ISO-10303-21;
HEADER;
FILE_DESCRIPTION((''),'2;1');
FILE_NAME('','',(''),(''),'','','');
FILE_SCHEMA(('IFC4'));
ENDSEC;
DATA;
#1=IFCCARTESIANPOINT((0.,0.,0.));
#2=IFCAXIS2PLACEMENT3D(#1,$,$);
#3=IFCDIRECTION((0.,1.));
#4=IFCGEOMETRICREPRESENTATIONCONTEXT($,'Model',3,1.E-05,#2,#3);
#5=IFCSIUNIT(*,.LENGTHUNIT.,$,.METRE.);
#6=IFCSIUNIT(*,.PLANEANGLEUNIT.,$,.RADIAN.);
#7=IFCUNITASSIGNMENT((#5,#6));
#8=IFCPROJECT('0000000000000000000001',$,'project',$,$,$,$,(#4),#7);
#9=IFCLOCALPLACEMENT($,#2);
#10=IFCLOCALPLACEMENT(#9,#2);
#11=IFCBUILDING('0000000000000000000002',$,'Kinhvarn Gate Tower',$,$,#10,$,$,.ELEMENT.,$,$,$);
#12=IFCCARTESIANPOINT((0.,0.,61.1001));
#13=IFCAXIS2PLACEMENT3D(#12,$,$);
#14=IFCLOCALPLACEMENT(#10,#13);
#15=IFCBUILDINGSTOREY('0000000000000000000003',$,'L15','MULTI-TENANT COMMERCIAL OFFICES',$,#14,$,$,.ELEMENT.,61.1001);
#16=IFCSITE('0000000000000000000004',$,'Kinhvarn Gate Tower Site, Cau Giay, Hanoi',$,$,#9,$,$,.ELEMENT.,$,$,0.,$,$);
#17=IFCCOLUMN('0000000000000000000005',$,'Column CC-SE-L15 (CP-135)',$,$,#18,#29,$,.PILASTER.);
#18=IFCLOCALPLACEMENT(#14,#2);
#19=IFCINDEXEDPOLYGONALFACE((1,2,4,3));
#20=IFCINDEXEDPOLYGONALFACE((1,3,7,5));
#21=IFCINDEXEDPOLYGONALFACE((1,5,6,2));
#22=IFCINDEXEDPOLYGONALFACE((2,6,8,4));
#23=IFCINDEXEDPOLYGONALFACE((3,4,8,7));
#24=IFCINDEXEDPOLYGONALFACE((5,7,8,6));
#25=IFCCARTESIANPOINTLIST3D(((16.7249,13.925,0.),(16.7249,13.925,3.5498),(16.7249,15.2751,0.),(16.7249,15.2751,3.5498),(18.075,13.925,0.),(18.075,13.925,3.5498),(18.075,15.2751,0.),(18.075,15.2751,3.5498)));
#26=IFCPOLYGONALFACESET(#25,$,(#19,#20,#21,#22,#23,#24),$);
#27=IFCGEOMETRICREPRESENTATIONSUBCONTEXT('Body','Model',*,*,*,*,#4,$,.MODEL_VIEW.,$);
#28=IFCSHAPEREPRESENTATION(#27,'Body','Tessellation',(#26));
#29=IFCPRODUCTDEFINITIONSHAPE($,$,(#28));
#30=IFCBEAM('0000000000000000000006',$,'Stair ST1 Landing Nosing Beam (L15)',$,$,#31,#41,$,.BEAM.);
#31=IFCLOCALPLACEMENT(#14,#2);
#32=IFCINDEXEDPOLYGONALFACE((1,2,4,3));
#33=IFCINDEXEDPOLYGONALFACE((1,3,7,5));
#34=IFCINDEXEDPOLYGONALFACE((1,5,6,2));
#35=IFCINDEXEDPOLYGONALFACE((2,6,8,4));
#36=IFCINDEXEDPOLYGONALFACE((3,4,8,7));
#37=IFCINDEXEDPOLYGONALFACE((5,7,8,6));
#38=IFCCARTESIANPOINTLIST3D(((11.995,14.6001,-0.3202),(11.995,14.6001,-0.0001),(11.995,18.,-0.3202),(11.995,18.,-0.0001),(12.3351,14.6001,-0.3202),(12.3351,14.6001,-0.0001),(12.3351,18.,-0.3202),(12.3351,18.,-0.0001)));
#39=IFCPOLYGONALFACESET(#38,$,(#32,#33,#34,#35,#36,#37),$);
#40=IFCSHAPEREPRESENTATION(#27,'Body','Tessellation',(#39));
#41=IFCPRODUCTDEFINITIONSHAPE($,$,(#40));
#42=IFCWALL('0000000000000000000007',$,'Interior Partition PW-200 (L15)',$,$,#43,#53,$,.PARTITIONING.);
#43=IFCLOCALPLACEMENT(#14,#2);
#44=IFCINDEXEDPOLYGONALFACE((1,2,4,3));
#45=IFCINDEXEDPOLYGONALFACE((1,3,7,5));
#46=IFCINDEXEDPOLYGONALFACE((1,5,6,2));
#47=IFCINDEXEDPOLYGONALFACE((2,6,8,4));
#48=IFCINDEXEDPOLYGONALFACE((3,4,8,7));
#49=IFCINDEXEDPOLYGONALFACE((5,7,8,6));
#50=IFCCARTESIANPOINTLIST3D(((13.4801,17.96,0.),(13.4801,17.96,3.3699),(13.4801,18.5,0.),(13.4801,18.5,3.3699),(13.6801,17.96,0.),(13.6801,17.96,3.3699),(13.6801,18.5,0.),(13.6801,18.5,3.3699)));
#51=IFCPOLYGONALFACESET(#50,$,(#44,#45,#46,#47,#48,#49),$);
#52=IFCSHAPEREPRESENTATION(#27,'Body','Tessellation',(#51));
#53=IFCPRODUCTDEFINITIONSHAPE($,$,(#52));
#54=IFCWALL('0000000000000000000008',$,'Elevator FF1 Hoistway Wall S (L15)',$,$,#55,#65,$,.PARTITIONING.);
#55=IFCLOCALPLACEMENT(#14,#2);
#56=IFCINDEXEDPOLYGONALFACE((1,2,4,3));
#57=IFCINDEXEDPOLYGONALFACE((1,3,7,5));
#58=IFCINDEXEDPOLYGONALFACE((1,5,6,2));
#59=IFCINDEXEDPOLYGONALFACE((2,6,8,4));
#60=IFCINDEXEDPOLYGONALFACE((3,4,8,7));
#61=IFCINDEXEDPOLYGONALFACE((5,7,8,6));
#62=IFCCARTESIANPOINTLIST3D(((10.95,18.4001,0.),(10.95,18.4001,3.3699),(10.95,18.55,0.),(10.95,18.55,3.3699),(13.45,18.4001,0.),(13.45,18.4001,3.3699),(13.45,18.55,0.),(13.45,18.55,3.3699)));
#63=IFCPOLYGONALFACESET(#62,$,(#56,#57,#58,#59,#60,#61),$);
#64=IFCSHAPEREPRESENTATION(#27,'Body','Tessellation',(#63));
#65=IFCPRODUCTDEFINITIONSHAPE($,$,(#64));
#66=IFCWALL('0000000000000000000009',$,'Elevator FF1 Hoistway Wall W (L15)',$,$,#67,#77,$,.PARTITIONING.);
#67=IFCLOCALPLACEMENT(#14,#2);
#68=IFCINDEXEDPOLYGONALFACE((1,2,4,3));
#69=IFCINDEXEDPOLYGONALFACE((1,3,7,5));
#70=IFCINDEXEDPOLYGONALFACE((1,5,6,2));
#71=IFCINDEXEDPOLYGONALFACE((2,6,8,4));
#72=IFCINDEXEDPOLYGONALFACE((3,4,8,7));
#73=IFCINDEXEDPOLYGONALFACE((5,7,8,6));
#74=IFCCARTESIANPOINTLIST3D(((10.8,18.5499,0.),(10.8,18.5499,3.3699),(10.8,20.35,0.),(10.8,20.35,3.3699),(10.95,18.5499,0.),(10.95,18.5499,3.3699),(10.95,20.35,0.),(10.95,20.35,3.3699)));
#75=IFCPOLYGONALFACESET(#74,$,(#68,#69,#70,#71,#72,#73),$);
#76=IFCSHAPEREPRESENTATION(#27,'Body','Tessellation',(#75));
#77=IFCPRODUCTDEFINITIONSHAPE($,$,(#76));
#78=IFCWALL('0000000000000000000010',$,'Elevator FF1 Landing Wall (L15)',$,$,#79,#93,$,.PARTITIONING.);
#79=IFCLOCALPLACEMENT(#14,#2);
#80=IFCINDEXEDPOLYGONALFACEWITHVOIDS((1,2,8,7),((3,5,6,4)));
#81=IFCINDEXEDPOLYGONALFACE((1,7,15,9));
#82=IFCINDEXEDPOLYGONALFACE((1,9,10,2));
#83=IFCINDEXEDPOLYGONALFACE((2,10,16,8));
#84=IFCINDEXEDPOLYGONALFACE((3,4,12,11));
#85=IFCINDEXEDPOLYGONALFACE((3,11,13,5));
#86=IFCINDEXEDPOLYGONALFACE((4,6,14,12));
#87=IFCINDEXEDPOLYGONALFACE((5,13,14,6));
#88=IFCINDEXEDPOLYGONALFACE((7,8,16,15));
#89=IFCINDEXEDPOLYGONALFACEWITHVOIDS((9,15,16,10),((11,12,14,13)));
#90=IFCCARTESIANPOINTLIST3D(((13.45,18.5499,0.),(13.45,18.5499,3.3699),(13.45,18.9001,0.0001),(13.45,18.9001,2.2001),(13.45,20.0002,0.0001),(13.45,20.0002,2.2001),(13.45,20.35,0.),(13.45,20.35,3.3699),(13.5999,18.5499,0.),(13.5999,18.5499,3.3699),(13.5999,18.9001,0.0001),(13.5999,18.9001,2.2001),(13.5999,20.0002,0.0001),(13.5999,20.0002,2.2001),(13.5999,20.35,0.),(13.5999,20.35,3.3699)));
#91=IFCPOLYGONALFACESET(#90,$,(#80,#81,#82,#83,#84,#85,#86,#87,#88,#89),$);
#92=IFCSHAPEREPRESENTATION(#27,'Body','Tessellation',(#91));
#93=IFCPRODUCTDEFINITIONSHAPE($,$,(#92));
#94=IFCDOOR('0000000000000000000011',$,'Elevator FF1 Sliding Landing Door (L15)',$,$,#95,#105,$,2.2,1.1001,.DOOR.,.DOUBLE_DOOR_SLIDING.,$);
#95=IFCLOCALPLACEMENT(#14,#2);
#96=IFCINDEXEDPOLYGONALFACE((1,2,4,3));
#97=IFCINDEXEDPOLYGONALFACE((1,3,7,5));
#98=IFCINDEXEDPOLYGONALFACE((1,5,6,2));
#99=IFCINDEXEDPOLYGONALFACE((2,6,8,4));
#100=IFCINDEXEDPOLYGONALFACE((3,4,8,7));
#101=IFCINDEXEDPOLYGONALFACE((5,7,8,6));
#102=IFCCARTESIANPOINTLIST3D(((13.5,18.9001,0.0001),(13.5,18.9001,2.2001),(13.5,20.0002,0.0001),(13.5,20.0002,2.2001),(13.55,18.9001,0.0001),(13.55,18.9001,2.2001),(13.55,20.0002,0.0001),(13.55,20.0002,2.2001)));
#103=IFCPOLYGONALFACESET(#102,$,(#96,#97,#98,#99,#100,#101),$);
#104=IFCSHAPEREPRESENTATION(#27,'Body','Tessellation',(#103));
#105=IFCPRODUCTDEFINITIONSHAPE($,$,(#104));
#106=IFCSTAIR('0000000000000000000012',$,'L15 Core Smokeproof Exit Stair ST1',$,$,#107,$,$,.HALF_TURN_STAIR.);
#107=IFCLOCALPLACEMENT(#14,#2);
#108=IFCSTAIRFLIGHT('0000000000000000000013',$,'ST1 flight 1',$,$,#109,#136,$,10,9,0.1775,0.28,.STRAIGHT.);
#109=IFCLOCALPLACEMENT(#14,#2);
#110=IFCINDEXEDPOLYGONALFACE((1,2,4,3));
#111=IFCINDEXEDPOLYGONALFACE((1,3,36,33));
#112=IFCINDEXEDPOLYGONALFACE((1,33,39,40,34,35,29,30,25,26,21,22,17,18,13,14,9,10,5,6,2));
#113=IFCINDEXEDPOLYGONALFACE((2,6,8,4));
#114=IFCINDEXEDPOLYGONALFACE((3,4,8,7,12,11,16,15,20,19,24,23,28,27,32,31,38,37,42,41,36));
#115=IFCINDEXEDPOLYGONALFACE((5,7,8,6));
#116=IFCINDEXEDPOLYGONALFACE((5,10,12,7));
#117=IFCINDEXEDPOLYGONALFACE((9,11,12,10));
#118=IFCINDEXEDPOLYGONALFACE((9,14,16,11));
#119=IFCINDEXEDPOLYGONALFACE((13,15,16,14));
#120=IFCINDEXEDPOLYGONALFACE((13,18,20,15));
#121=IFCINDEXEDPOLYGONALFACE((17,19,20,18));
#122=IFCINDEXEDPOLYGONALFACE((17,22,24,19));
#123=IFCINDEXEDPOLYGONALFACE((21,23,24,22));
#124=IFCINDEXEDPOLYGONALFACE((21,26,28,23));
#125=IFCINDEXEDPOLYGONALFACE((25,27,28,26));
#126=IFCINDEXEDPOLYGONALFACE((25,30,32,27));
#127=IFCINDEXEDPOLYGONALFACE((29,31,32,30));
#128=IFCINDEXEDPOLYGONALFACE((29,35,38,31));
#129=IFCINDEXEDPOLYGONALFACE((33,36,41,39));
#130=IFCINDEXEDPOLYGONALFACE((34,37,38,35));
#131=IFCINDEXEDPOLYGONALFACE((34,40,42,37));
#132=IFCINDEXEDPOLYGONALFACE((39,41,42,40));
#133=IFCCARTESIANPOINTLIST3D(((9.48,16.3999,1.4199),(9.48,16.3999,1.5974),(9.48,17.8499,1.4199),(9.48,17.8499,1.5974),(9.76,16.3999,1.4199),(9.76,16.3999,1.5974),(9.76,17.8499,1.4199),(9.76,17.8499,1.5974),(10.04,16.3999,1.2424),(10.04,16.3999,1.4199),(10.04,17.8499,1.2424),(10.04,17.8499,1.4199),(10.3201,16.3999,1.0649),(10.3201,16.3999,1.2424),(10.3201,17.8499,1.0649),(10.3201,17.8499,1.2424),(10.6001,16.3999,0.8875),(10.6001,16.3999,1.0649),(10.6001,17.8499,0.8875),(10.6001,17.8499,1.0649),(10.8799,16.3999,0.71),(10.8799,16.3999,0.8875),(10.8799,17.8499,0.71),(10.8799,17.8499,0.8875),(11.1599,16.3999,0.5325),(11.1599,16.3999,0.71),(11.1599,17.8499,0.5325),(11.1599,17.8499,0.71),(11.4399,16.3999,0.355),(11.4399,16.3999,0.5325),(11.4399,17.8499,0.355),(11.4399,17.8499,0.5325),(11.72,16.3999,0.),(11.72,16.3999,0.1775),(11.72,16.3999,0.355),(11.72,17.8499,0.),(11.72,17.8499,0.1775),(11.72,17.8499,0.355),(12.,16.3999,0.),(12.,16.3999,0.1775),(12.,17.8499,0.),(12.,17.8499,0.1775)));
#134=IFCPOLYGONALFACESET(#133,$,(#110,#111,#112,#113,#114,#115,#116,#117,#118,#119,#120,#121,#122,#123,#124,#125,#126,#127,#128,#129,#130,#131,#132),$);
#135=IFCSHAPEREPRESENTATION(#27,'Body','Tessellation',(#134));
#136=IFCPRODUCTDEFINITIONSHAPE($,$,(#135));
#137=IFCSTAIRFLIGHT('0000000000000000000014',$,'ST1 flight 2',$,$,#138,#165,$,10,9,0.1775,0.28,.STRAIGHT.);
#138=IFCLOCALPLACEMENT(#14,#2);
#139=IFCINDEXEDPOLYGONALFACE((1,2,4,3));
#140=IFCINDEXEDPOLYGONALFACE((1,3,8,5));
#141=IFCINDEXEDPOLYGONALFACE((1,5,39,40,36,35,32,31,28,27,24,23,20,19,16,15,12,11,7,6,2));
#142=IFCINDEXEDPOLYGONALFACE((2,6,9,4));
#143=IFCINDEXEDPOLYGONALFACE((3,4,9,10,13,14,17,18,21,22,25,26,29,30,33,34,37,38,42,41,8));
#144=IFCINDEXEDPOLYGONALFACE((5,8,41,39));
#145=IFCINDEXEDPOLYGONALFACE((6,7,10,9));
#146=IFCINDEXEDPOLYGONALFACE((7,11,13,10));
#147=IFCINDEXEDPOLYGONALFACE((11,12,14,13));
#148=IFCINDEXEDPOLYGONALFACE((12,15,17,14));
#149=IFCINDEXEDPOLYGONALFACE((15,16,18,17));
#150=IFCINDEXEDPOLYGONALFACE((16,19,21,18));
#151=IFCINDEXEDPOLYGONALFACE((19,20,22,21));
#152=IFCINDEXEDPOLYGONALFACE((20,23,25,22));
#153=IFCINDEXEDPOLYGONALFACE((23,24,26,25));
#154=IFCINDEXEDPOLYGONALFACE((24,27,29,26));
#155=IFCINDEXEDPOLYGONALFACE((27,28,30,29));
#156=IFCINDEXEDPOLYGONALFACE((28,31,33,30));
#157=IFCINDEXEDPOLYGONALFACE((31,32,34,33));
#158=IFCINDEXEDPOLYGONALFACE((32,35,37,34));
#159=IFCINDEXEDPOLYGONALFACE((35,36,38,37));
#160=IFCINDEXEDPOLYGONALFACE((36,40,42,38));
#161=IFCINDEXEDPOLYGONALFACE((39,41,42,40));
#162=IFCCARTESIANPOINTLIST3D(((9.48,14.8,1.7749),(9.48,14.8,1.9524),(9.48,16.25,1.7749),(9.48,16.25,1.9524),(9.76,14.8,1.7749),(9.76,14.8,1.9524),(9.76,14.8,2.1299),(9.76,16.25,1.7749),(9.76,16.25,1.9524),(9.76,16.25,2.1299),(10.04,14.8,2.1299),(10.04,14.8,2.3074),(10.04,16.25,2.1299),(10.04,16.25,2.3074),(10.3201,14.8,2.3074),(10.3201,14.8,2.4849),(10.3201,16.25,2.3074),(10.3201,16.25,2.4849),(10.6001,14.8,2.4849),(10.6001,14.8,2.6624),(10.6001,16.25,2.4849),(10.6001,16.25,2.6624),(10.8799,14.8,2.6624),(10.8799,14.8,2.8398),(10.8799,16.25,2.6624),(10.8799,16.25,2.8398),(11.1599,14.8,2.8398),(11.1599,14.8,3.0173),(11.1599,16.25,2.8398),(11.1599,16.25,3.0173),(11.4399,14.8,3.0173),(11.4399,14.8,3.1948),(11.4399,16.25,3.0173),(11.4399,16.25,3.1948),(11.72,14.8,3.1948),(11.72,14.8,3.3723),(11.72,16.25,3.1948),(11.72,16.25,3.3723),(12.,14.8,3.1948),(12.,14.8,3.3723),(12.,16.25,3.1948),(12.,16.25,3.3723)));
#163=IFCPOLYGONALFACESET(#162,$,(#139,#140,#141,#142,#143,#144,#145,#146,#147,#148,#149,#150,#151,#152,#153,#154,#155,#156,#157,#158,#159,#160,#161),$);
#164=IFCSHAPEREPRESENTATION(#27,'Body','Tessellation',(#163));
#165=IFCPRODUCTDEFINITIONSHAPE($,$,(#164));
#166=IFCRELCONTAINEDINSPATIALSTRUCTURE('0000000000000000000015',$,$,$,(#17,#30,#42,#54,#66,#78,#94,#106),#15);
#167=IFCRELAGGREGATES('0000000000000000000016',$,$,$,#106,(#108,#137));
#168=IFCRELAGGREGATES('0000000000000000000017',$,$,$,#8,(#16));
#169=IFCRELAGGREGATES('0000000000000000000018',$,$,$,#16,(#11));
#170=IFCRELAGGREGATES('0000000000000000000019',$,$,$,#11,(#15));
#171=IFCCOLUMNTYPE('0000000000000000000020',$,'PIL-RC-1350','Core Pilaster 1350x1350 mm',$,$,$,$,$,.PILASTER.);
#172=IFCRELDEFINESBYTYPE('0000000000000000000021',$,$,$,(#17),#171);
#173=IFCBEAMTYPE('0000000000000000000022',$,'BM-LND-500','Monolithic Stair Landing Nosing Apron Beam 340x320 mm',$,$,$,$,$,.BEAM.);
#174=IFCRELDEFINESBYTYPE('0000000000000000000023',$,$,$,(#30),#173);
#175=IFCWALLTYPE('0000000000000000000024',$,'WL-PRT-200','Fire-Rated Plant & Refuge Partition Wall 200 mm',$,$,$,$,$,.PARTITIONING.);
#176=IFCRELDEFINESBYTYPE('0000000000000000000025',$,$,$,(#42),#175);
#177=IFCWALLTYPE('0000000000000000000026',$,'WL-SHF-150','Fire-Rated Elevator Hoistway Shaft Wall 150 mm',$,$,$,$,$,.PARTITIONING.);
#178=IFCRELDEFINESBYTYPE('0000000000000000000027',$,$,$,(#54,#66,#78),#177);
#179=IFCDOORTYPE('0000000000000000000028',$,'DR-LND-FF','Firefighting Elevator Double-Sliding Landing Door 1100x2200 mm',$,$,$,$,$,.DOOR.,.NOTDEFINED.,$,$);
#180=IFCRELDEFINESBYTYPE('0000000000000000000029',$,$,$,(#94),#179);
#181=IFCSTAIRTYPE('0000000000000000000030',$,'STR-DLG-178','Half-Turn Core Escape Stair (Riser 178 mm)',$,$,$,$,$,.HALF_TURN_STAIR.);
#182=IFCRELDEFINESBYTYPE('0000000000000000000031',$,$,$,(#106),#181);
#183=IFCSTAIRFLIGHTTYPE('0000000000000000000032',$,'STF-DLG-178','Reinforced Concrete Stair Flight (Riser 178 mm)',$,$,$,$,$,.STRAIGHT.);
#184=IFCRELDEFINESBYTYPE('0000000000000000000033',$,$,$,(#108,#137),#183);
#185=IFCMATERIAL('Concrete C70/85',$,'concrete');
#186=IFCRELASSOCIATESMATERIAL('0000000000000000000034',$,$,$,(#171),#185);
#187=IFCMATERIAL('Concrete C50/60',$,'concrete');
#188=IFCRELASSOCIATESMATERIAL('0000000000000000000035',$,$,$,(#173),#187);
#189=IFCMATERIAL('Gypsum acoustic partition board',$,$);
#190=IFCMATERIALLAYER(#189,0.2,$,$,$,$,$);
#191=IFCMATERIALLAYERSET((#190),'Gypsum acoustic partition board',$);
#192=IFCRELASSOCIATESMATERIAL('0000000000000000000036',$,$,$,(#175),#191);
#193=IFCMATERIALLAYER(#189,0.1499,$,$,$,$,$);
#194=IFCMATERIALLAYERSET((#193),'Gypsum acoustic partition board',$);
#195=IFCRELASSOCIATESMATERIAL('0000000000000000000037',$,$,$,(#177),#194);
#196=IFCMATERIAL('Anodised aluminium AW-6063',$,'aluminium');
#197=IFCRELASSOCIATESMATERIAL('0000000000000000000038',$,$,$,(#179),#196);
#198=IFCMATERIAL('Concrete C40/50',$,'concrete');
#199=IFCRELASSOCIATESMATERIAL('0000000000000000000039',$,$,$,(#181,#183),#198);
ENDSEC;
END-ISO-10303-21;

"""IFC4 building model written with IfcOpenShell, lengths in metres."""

from ifc_helpers import new_model, si_unit, direction, frame, frame_2d, origin, origin_2d, place, context, subcontext, project, spatial, polyline, rectangle, outline, extrude, material, layer, layer_set, material_profile, profile_set, type_object, element, fill, aggregate, save


model = new_model("IFC4")

# Units and contexts
model_context = context("Model", 3, precision=1e-05, world=origin(), true_north=direction((0.0, 1.0)))
body_context = subcontext(model_context, "Body", "Model", "MODEL_VIEW")
ifc_project = project(units=[si_unit("LENGTHUNIT", "METRE"), si_unit("PLANEANGLEUNIT", "RADIAN")], contexts=[model_context])

# Site, building, storey
site_placement = place(None, origin())
site = spatial("IfcSite", under=ifc_project, at=site_placement, Name="Kinhvarn Gate Tower Site, Cau Giay, Hanoi", CompositionType="ELEMENT", RefElevation=0.0)
building_placement = place(site_placement, origin())
building = spatial("IfcBuilding", under=site, at=building_placement, Name="Kinhvarn Gate Tower", CompositionType="ELEMENT")
storey_placement = place(building_placement, frame((0.0, 0.0, 61.1001)))
storey = spatial("IfcBuildingStorey", under=building, at=storey_placement, Name="L15", Description="MULTI-TENANT COMMERCIAL OFFICES", CompositionType="ELEMENT", Elevation=61.1001)

# Column
ifc_material_1 = material(Name="Concrete C70/85", Category="concrete")
ifc_material_profile_1 = material_profile(ifc_material_1, rectangle(XDim=1.3501, YDim=1.3501, at=origin_2d()), Name="RC 1350x1350")
ifc_profile_set_1 = profile_set([ifc_material_profile_1], Name="Concrete C70/85")
column_type = type_object("IfcColumnType", Name="PIL-RC-1350", Description="Core Pilaster 1350x1350 mm", PredefinedType="PILASTER", material=ifc_profile_set_1)
column_placement = place(storey_placement, frame((17.3999, 14.6001, 0.0), z_axis=(0.0, 0.0, 1.0), x_axis=(1.0, 0.0, 0.0)))
element("IfcColumn", 1, at=column_placement, inside=storey, type_object=column_type, Name="Column CC-SE-L15 (CP-135)", PredefinedType="PILASTER", context=body_context, shape_type="SweptSolid", body=[
    extrude(rectangle(XDim=1.3501, YDim=1.3501, at=origin_2d()), origin(), (0.0, 0.0, 1.0), 3.5498),
])

# Beam
ifc_material_2 = material(Name="Concrete C50/60", Category="concrete")
ifc_material_profile_2 = material_profile(ifc_material_2, rectangle(XDim=0.3401, YDim=0.3201, at=origin_2d()), Name="RC 340x320")
ifc_profile_set_2 = profile_set([ifc_material_profile_2], Name="Concrete C50/60")
beam_type = type_object("IfcBeamType", Name="BM-LND-500", Description="Monolithic Stair Landing Nosing Apron Beam 340x320 mm", PredefinedType="BEAM", material=ifc_profile_set_2)
beam_placement = place(storey_placement, frame((12.165, 14.6001, -0.1602), z_axis=(0.0, 1.0, 0.0), x_axis=(-1.0, 0.0, 0.0)))
element("IfcBeam", 2, at=beam_placement, inside=storey, type_object=beam_type, Name="Stair ST1 Landing Nosing Beam (L15)", PredefinedType="BEAM", context=body_context, shape_type="SweptSolid", body=[
    extrude(rectangle(XDim=0.3401, YDim=0.3201, at=origin_2d()), origin(), (0.0, 0.0, 1.0), 3.3999),
])

# Shared definitions
ifc_material_3 = material(Name="Anodised aluminium AW-6063", Category="aluminium")

# Walls
ifc_material_4 = material(Name="Gypsum acoustic partition board")
ifc_layer_1 = layer(ifc_material_4, 0.2)
ifc_layer_set_1 = layer_set([ifc_layer_1], Name="Gypsum acoustic partition board")
wall_type_1 = type_object("IfcWallType", Name="WL-PRT-200", Description="Fire-Rated Plant & Refuge Partition Wall 200 mm", PredefinedType="PARTITIONING", material=ifc_layer_set_1)
wall_1_placement = place(storey_placement, frame((13.5801, 17.96, 0.0), z_axis=(0.0, 0.0, 1.0), x_axis=(0.0, 1.0, 0.0)))
element("IfcWall", 3, at=wall_1_placement, inside=storey, type_object=wall_type_1, Name="Interior Partition PW-200 (L15)", PredefinedType="PARTITIONING", context=body_context, shape_type="SweptSolid", body=[
    extrude(rectangle(XDim=0.54, YDim=0.2, at=frame_2d((0.27, 0.0))), origin(), (0.0, 0.0, 1.0), 3.3699),
])
ifc_layer_2 = layer(ifc_material_4, 0.1499)
ifc_layer_set_2 = layer_set([ifc_layer_2], Name="Gypsum acoustic partition board")
wall_type_2 = type_object("IfcWallType", Name="WL-SHF-150", Description="Fire-Rated Elevator Hoistway Shaft Wall 150 mm", PredefinedType="PARTITIONING", material=ifc_layer_set_2)
wall_2_placement = place(storey_placement, frame((10.95, 18.4751, 0.0), z_axis=(0.0, 0.0, 1.0), x_axis=(1.0, 0.0, 0.0)))
element("IfcWall", 4, at=wall_2_placement, inside=storey, type_object=wall_type_2, Name="Elevator FF1 Hoistway Wall S (L15)", PredefinedType="PARTITIONING", context=body_context, shape_type="SweptSolid", body=[
    extrude(rectangle(XDim=2.5, YDim=0.1499, at=frame_2d((1.25, 0.0))), origin(), (0.0, 0.0, 1.0), 3.3699),
])
wall_3_placement = place(storey_placement, frame((10.875, 18.55, 0.0), z_axis=(0.0, 0.0, 1.0), x_axis=(0.0, 1.0, 0.0)))
element("IfcWall", 5, at=wall_3_placement, inside=storey, type_object=wall_type_2, Name="Elevator FF1 Hoistway Wall W (L15)", PredefinedType="PARTITIONING", context=body_context, shape_type="SweptSolid", body=[
    extrude(rectangle(XDim=1.8, YDim=0.1499, at=frame_2d((0.8999, 0.0))), origin(), (0.0, 0.0, 1.0), 3.3699),
])

# Wall, opening, door
wall_4_placement = place(storey_placement, frame((13.5249, 18.55, 0.0), z_axis=(0.0, 0.0, 1.0), x_axis=(0.0, 1.0, 0.0)))
wall_4 = element("IfcWall", 6, at=wall_4_placement, inside=storey, type_object=wall_type_2, Name="Elevator FF1 Landing Wall (L15)", PredefinedType="PARTITIONING", context=body_context, shape_type="SweptSolid", body=[
    extrude(rectangle(XDim=1.8, YDim=0.1499, at=frame_2d((0.8999, 0.0))), origin(), (0.0, 0.0, 1.0), 3.3699),
])
opening_1_placement = place(wall_4_placement, frame((0.3501, 0.0, 0.0)))
opening_1 = element("IfcOpeningElement", 7, at=opening_1_placement, cuts=wall_4, PredefinedType="OPENING", context=body_context, shape_type="SweptSolid", body=[
    extrude(rectangle(XDim=1.1001, YDim=2.2, at=frame_2d((0.55, 1.1001))), frame((0.0, 0.085, 0.0), z_axis=(0.0, -1.0, 0.0), x_axis=(1.0, 0.0, 0.0)), (0.0, 0.0, 1.0), 0.1699),
])
door_type_1 = type_object("IfcDoorType", Name="DR-LND-FF", Description="Firefighting Elevator Double-Sliding Landing Door 1100x2200 mm", OperationType="NOTDEFINED", PredefinedType="DOOR", material=ifc_material_3)
door_1_placement = place(opening_1_placement, origin())
door_1 = element("IfcDoor", 8, at=door_1_placement, inside=storey, type_object=door_type_1, Name="Elevator FF1 Sliding Landing Door (L15)", OperationType="DOUBLE_DOOR_SLIDING", OverallHeight=2.2, OverallWidth=1.1001, PredefinedType="DOOR", context=body_context, shape_type="SweptSolid", body=[
    extrude(rectangle(XDim=1.1001, YDim=2.2, at=frame_2d((0.55, 1.1001))), frame((0.0, 0.0249, 0.0), z_axis=(0.0, -1.0, 0.0), x_axis=(1.0, 0.0, 0.0)), (0.0, 0.0, 1.0), 0.05),
])
fill(opening_1, door_1)
ifc_material_5 = material(Name="Concrete C40/50", Category="concrete")

# Stair, stair flights
stair_type = type_object("IfcStairType", Name="STR-DLG-178", Description="Half-Turn Core Escape Stair (Riser 178 mm)", PredefinedType="HALF_TURN_STAIR", material=ifc_material_5)
stair_placement = place(storey_placement, origin())
stair = element("IfcStair", 9, at=stair_placement, inside=storey, type_object=stair_type, Name="L15 Core Smokeproof Exit Stair ST1", PredefinedType="HALF_TURN_STAIR")
stair_flight_type = type_object("IfcStairFlightType", Name="STF-DLG-178", Description="Reinforced Concrete Stair Flight (Riser 178 mm)", PredefinedType="STRAIGHT", material=ifc_material_5)
stair_flight_1_placement = place(storey_placement, frame((12.0, 17.125, 0.0), z_axis=(0.0, 0.0, 1.0), x_axis=(-1.0, 0.0, 0.0)))
stair_flight_1 = element("IfcStairFlight", 10, at=stair_flight_1_placement, type_object=stair_flight_type, Name="ST1 flight 1", NumberOfRisers=10, NumberOfTreads=9, PredefinedType="STRAIGHT", RiserHeight=0.1775, TreadLength=0.28, context=body_context, shape_type="SweptSolid", body=[
    extrude(outline(polyline([(0.0, 0.0), (0.0, 0.1775), (0.28, 0.1775), (0.28, 0.355), (0.5601, 0.355), (0.5601, 0.5325), (0.8401, 0.5325), (0.8401, 0.71), (1.1201, 0.71), (1.1201, 0.8875), (1.3999, 0.8875), (1.3999, 1.0649), (1.6799, 1.0649), (1.6799, 1.2424), (1.96, 1.2424), (1.96, 1.4199), (2.24, 1.4199), (2.24, 1.5974), (2.52, 1.5974), (2.52, 1.7749), (2.52, 1.4199), (0.28, 0.0), (0.0, 0.0)])), frame((0.0, 0.7251, 0.0), z_axis=(0.0, -1.0, 0.0), x_axis=(1.0, 0.0, 0.0)), (0.0, 0.0, 1.0), 1.45),
])
stair_flight_2_placement = place(storey_placement, frame((9.48, 15.5249, 1.7749), z_axis=(0.0, 0.0, 1.0), x_axis=(1.0, 0.0, 0.0)))
stair_flight_2 = element("IfcStairFlight", 11, at=stair_flight_2_placement, type_object=stair_flight_type, Name="ST1 flight 2", NumberOfRisers=10, NumberOfTreads=9, PredefinedType="STRAIGHT", RiserHeight=0.1775, TreadLength=0.28, context=body_context, shape_type="SweptSolid", body=[
    extrude(outline(polyline([(0.0, 0.0), (0.0, 0.1775), (0.28, 0.1775), (0.28, 0.355), (0.5601, 0.355), (0.5601, 0.5325), (0.8401, 0.5325), (0.8401, 0.71), (1.1201, 0.71), (1.1201, 0.8875), (1.3999, 0.8875), (1.3999, 1.0649), (1.6799, 1.0649), (1.6799, 1.2424), (1.96, 1.2424), (1.96, 1.4199), (2.24, 1.4199), (2.24, 1.5974), (2.52, 1.5974), (2.52, 1.7749), (2.52, 1.4199), (0.28, 0.0), (0.0, 0.0)])), frame((0.0, 0.7251, 0.0), z_axis=(0.0, -1.0, 0.0), x_axis=(1.0, 0.0, 0.0)), (0.0, 0.0, 1.0), 1.45),
])
aggregate(stair, [stair_flight_1, stair_flight_2])

save(model, "model.ifc")
